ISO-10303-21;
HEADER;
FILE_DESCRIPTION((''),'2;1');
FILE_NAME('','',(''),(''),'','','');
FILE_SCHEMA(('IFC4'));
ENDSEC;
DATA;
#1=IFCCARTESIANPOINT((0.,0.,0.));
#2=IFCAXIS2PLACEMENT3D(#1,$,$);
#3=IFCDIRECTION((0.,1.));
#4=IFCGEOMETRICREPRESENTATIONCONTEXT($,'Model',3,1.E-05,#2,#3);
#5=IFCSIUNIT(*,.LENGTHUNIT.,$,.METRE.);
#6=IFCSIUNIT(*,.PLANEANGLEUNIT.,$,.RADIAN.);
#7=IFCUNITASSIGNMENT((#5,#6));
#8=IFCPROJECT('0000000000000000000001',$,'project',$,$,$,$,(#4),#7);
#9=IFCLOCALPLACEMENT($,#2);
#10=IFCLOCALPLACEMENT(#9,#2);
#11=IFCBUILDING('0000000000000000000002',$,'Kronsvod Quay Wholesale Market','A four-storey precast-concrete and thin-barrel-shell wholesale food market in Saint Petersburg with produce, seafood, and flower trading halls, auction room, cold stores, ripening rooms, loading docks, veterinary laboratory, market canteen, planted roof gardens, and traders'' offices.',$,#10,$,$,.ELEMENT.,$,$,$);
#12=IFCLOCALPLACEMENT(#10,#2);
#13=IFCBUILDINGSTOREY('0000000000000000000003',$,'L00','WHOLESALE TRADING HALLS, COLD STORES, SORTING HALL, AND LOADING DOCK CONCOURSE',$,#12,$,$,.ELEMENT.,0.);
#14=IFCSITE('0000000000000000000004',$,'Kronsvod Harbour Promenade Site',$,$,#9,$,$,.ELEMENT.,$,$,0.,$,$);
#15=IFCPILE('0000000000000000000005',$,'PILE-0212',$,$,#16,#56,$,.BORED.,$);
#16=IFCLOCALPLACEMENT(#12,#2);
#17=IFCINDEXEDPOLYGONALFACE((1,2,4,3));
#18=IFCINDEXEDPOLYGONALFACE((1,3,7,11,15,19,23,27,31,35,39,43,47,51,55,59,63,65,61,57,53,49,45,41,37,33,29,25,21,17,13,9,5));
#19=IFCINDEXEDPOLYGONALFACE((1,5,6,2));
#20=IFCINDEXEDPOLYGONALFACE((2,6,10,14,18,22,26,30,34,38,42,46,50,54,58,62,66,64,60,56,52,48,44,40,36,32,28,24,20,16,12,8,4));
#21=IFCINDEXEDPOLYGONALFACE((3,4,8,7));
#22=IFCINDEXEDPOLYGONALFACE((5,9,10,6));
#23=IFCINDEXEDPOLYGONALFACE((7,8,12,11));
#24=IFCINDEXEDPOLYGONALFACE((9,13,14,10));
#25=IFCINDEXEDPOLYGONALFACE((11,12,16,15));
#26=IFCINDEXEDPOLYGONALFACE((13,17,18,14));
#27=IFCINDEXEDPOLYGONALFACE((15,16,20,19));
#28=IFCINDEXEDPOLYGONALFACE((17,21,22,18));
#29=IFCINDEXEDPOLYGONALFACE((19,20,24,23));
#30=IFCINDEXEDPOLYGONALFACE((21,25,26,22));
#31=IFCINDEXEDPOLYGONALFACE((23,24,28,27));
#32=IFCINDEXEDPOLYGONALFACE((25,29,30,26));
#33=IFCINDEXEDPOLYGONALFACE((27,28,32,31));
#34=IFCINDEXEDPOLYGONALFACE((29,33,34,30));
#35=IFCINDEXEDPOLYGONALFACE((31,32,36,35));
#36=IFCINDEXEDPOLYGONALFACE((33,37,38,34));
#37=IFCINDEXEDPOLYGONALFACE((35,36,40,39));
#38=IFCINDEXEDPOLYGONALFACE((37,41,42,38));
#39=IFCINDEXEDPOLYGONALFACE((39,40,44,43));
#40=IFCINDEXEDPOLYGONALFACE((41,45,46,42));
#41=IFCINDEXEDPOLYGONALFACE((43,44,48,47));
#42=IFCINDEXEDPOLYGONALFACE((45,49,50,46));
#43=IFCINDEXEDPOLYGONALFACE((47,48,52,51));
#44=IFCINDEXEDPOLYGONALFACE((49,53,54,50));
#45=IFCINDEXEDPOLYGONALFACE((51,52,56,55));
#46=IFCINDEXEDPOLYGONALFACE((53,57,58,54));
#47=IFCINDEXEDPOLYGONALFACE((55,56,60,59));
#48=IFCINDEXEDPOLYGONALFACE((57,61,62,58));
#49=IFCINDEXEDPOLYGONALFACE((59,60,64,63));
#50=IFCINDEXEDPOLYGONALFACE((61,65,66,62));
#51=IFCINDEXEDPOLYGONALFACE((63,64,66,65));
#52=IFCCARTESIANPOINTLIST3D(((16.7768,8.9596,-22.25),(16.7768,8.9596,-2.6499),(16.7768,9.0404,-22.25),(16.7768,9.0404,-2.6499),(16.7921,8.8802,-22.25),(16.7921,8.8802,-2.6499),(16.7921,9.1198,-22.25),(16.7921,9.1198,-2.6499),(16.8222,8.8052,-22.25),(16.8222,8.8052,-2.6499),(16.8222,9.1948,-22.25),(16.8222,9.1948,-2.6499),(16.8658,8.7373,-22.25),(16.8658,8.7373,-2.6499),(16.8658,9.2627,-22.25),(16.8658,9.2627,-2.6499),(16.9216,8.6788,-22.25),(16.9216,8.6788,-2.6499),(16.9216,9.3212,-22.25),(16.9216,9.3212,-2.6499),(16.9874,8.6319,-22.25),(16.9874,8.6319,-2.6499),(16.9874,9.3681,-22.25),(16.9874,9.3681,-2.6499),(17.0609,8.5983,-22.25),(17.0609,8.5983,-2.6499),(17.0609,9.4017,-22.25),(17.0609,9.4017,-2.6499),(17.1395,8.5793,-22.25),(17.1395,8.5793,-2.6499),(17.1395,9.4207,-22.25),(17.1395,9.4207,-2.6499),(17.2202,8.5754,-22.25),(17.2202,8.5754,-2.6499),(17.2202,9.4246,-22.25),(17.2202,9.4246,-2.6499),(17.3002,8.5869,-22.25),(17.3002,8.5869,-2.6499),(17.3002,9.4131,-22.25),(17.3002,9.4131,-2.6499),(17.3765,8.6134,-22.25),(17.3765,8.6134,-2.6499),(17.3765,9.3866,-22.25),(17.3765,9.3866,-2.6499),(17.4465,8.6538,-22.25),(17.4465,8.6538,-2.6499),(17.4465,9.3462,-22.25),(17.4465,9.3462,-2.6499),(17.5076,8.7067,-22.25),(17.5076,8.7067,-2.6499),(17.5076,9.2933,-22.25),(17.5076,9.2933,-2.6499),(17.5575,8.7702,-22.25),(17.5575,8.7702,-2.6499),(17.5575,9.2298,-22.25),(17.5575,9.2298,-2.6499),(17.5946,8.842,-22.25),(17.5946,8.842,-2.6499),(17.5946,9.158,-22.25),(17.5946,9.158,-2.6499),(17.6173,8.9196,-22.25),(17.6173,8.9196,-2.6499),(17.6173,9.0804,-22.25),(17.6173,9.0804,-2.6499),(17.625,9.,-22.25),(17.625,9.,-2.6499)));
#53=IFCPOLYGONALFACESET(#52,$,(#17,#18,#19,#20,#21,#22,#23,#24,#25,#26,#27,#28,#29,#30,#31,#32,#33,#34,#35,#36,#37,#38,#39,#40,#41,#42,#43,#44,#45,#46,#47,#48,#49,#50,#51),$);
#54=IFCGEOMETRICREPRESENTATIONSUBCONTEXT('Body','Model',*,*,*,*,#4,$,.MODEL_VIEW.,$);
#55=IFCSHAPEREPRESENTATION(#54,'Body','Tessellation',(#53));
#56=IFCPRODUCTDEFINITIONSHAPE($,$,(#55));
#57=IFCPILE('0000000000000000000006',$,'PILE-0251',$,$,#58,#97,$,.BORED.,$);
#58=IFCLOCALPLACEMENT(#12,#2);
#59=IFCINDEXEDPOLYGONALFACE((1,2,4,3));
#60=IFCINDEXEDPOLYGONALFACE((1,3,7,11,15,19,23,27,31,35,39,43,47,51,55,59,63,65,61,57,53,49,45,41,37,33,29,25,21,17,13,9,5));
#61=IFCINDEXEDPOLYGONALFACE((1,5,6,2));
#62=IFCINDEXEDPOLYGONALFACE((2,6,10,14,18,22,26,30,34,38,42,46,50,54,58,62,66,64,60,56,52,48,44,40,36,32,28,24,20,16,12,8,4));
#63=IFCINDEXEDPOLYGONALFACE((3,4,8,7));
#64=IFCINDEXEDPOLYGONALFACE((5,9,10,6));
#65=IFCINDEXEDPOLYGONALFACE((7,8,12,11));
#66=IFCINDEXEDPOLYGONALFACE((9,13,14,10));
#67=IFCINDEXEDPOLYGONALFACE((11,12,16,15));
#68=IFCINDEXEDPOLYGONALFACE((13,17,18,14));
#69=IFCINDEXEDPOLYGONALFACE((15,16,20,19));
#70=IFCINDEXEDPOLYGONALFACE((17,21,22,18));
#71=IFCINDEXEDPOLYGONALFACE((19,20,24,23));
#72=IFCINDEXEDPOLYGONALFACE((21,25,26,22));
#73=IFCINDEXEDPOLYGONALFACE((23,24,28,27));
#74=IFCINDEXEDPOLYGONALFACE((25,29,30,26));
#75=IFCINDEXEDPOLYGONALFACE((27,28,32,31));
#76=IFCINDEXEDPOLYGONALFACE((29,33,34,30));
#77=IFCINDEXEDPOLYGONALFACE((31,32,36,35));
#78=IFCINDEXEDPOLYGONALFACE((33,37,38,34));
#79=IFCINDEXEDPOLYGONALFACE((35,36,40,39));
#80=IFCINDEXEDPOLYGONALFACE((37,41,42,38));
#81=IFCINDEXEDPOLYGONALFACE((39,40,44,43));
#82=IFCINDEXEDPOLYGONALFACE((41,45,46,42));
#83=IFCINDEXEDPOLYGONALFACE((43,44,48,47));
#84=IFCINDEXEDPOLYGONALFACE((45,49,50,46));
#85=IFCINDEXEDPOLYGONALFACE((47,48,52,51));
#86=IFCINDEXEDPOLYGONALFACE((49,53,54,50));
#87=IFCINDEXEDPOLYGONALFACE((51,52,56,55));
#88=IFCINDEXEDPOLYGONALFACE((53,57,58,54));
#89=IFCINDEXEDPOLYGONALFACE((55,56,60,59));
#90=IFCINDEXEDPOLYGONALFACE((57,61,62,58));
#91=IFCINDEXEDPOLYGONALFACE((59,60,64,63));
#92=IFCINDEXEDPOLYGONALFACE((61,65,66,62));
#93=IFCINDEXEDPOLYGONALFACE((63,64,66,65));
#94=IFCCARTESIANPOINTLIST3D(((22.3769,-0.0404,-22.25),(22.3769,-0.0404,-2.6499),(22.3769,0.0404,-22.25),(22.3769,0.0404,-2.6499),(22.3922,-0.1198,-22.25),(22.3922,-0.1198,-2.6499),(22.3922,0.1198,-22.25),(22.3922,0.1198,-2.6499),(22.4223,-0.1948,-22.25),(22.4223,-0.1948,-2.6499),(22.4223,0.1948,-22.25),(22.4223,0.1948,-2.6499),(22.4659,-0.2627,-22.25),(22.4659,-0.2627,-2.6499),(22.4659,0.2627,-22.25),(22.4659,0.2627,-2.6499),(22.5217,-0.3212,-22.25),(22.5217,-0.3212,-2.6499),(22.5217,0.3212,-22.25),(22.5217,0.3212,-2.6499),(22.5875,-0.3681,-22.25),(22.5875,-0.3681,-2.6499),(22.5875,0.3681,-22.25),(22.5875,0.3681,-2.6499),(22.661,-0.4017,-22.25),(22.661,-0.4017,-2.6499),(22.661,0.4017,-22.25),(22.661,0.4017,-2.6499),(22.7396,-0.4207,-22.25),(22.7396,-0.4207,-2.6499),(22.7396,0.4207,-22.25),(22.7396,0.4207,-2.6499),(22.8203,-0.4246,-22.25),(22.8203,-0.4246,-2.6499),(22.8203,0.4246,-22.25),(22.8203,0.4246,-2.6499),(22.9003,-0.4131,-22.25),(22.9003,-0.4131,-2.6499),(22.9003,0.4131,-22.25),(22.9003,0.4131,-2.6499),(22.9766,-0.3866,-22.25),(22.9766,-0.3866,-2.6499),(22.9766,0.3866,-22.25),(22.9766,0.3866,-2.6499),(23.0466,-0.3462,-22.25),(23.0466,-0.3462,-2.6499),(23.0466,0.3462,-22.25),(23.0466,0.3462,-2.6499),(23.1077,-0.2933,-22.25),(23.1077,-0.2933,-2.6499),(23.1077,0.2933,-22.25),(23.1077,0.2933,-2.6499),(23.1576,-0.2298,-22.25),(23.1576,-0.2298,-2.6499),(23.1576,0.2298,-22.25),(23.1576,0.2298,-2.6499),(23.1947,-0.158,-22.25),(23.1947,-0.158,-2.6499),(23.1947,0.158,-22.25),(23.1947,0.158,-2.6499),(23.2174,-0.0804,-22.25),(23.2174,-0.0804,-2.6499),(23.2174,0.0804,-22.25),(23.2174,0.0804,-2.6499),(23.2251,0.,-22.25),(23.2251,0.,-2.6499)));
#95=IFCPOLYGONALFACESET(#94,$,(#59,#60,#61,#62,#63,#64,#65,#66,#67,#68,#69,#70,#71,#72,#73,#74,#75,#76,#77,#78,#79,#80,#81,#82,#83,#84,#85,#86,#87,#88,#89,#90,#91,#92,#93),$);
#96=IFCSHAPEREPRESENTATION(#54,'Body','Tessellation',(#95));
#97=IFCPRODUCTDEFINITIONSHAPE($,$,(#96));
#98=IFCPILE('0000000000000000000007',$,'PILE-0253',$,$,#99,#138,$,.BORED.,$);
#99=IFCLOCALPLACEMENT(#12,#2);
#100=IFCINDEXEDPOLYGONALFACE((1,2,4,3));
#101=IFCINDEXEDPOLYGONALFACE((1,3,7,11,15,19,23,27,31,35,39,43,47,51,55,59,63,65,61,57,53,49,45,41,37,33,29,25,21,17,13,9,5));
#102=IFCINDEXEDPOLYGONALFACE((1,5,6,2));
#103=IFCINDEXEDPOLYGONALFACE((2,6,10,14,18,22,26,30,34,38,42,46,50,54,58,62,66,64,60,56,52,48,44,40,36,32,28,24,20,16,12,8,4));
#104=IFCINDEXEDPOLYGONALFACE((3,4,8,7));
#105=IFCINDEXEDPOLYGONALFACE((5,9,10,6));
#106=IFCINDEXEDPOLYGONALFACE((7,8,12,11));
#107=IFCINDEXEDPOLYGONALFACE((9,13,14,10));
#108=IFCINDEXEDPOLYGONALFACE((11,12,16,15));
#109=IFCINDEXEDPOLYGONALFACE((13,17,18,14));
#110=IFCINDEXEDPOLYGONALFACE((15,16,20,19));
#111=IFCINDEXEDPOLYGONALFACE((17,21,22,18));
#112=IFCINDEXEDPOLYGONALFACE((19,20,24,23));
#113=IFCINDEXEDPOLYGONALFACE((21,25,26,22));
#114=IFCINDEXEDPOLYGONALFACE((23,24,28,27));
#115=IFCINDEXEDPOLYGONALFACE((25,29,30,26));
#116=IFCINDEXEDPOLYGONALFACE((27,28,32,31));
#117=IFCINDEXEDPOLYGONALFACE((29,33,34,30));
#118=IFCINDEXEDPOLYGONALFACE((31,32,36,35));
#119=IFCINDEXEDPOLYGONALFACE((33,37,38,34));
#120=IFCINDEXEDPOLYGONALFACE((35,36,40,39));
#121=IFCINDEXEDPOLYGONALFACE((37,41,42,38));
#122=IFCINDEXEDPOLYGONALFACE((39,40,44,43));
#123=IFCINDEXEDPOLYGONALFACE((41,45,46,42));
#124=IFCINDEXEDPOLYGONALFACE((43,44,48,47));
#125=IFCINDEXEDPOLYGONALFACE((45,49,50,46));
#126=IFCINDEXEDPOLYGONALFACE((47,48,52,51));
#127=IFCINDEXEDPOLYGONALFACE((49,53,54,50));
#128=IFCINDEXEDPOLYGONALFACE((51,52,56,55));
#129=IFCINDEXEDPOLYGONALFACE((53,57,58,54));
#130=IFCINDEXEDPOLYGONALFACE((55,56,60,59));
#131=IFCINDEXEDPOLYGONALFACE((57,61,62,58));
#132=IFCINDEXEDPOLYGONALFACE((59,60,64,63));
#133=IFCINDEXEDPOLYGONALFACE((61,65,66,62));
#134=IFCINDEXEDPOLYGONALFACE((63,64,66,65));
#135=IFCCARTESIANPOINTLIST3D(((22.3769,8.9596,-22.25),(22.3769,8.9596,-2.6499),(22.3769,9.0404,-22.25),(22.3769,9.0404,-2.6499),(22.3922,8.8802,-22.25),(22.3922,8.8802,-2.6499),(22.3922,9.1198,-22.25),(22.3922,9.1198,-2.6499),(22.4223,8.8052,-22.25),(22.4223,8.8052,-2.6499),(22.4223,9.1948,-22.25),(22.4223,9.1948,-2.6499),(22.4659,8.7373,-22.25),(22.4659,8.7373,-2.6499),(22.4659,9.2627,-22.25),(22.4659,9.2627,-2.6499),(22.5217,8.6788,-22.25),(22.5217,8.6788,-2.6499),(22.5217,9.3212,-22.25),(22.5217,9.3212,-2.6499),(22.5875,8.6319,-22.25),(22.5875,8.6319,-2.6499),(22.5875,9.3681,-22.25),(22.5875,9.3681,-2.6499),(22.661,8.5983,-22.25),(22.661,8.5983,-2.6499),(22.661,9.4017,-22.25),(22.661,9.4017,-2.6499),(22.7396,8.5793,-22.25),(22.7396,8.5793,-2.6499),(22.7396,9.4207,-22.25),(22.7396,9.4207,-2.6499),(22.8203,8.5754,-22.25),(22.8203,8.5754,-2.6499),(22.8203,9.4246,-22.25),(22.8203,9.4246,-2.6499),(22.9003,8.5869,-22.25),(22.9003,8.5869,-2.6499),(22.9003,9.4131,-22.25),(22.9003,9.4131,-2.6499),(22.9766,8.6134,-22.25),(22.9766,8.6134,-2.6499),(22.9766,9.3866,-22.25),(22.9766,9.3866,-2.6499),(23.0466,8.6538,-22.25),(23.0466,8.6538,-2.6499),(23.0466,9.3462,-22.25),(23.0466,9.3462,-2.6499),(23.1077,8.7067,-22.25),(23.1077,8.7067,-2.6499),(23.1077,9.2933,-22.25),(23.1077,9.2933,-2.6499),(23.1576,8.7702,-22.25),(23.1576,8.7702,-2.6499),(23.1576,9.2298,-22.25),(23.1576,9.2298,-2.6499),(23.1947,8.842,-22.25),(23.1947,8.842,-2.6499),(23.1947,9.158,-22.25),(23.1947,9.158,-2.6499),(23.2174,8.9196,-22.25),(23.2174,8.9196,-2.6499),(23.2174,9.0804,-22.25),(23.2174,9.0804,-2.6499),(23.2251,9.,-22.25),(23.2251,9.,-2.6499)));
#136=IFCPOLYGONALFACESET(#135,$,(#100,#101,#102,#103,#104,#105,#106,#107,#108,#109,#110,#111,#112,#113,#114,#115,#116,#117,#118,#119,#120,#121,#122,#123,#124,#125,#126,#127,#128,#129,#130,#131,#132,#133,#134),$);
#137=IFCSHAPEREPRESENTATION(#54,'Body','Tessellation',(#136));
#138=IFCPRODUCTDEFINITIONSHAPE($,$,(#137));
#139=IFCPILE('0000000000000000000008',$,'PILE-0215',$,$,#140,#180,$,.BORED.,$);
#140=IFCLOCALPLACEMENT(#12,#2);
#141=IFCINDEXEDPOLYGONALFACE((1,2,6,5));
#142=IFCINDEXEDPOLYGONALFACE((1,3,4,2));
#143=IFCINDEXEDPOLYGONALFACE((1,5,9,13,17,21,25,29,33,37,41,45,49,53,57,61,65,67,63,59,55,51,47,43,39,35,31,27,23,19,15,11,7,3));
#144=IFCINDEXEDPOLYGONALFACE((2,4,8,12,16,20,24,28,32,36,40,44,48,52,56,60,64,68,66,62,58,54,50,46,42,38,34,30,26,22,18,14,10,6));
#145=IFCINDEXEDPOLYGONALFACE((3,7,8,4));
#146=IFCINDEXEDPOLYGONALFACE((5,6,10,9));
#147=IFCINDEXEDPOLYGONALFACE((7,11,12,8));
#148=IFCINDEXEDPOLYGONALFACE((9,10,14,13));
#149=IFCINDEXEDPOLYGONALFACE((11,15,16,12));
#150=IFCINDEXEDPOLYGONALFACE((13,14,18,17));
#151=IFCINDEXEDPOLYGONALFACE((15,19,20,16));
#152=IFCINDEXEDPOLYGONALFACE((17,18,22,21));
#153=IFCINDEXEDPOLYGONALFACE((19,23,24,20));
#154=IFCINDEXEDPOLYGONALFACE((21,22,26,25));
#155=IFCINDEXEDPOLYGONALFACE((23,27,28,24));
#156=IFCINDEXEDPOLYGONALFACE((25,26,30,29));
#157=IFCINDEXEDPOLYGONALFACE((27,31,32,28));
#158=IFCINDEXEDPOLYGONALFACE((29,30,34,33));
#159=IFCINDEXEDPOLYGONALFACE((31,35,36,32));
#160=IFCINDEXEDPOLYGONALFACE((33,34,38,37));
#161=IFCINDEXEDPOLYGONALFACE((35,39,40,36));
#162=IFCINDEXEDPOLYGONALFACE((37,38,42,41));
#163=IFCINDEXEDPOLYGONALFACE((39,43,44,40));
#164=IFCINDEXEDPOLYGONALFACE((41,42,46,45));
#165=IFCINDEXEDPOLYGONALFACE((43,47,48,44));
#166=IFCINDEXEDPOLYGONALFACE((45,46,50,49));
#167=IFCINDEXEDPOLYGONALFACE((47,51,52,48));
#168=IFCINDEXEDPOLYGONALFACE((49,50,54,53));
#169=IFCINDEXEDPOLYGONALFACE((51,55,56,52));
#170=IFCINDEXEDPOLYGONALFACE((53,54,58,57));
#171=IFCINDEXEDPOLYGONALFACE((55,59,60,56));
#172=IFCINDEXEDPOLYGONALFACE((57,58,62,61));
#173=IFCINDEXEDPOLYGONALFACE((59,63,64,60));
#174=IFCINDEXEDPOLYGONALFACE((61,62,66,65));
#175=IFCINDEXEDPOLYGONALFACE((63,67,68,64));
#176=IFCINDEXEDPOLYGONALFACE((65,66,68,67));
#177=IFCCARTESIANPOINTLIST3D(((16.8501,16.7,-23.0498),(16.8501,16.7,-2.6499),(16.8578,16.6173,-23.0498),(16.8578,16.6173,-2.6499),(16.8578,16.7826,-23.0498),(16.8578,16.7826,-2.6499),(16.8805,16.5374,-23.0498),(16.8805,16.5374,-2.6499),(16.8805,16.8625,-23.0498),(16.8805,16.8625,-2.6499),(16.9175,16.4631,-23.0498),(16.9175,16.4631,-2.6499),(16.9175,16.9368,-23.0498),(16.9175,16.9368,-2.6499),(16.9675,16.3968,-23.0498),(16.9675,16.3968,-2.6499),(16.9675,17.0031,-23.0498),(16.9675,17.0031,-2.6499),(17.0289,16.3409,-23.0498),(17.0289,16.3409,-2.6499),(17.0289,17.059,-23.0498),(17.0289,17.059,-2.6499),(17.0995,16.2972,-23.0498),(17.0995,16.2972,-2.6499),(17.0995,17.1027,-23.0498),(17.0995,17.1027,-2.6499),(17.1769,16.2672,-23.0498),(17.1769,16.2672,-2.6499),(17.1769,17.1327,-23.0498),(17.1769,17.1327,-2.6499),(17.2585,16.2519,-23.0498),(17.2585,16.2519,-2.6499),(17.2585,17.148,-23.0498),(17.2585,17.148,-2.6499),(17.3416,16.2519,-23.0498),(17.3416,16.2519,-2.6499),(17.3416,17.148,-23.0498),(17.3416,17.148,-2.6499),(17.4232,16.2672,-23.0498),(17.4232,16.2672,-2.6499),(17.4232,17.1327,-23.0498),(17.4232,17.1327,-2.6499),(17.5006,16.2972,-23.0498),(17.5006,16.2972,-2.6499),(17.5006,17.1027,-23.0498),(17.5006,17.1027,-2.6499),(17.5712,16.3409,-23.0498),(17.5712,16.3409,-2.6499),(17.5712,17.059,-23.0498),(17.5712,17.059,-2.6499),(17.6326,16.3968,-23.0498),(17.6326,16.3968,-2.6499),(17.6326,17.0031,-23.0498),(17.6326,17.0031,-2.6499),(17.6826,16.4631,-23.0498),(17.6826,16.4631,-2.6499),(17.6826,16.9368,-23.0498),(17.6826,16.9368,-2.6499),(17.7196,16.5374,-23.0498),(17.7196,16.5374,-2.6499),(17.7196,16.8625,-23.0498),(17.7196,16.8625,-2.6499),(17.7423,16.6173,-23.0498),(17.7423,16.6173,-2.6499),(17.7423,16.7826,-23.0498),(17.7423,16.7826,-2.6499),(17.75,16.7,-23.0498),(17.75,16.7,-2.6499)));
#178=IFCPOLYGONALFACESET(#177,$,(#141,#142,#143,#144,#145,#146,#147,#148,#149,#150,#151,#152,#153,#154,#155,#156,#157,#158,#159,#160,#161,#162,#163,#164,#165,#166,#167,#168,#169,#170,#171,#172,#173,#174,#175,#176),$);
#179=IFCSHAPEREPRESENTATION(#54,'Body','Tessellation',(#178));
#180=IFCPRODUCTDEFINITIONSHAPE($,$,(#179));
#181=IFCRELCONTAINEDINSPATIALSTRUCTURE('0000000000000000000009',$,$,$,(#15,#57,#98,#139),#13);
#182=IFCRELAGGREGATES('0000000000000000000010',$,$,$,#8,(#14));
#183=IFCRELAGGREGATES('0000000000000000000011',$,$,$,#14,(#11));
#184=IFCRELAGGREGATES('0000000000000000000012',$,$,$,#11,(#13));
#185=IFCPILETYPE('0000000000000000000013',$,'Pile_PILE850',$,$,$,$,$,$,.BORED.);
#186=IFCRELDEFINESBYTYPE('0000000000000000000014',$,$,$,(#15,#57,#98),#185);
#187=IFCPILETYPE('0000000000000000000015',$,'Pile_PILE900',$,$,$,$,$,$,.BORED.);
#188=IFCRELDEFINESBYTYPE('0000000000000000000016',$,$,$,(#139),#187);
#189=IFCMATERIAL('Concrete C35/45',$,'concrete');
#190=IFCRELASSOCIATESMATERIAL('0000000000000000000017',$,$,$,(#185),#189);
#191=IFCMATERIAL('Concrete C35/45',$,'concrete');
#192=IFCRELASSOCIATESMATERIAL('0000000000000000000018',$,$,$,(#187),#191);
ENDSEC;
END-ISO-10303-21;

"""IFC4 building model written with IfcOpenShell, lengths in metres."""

from ifc_helpers import new_model, si_unit, direction, frame, origin, origin_2d, place, context, subcontext, project, spatial, circle, extrude, material, material_profile, profile_set, type_object, element, save


model = new_model("IFC4")

# Units and contexts
model_context = context("Model", 3, precision=1e-05, world=origin(), true_north=direction((0.0, 1.0)))
body_context = subcontext(model_context, "Body", "Model", "MODEL_VIEW")
ifc_project = project(units=[si_unit("LENGTHUNIT", "METRE"), si_unit("PLANEANGLEUNIT", "RADIAN")], contexts=[model_context])

# Site, building, storey
site_placement = place(None, origin())
site = spatial("IfcSite", under=ifc_project, at=site_placement, Name="Kronsvod Harbour Promenade Site", CompositionType="ELEMENT", RefElevation=0.0)
building_placement = place(site_placement, origin())
building = spatial("IfcBuilding", under=site, at=building_placement, Name="Kronsvod Quay Wholesale Market", Description="A four-storey precast-concrete and thin-barrel-shell wholesale food market in Saint Petersburg with produce, seafood, and flower trading halls, auction room, cold stores, ripening rooms, loading docks, veterinary laboratory, market canteen, planted roof gardens, and traders' offices.", CompositionType="ELEMENT")
storey_placement = place(building_placement, origin())
storey = spatial("IfcBuildingStorey", under=building, at=storey_placement, Name="L00", Description="WHOLESALE TRADING HALLS, COLD STORES, SORTING HALL, AND LOADING DOCK CONCOURSE", CompositionType="ELEMENT", Elevation=0.0)

# Piles
ifc_material_1 = material(Name="Concrete C35/45", Category="concrete")
ifc_material_profile_1 = material_profile(ifc_material_1, circle(Radius=0.425, at=origin_2d()), Name="PILE850")
ifc_profile_set_1 = profile_set([ifc_material_profile_1], Name="Concrete C35/45")
pile_type_1 = type_object("IfcPileType", Name="Pile_PILE850", PredefinedType="BORED", material=ifc_profile_set_1)
for number, where, z_axis, x_axis, name in (
    (1, (17.2, 9.0, -2.6499), (0.0, 0.0, -1.0), (1.0, 0.0, 0.0), "PILE-0212"),
    (2, (22.8, 0.0, -2.6499), (0.0, 0.0, -1.0), (1.0, 0.0, 0.0), "PILE-0251"),
    (3, (22.8, 9.0, -2.6499), (0.0, 0.0, -1.0), (1.0, 0.0, 0.0), "PILE-0253"),
):
    element("IfcPile", number, at=place(storey_placement, frame(where, z_axis=z_axis, x_axis=x_axis)), inside=storey, type_object=pile_type_1, Name=name, PredefinedType="BORED", context=body_context, shape_type="SweptSolid", body=[
        extrude(circle(Radius=0.425, at=origin_2d()), origin(), (0.0, 0.0, 1.0), 19.6001),
    ])
ifc_material_2 = material(Name="Concrete C35/45", Category="concrete")
ifc_material_profile_2 = material_profile(ifc_material_2, circle(Radius=0.45, at=origin_2d()), Name="PILE900")
ifc_profile_set_2 = profile_set([ifc_material_profile_2], Name="Concrete C35/45")
pile_type_2 = type_object("IfcPileType", Name="Pile_PILE900", PredefinedType="BORED", material=ifc_profile_set_2)
for number, where, z_axis, x_axis, name in (
    (4, (17.3, 16.7, -2.6499), (0.0, 0.0, -1.0), (1.0, 0.0, 0.0), "PILE-0215"),
):
    element("IfcPile", number, at=place(storey_placement, frame(where, z_axis=z_axis, x_axis=x_axis)), inside=storey, type_object=pile_type_2, Name=name, PredefinedType="BORED", context=body_context, shape_type="SweptSolid", body=[
        extrude(circle(Radius=0.45, at=origin_2d()), origin(), (0.0, 0.0, 1.0), 20.3999),
    ])

save(model, "model.ifc")
